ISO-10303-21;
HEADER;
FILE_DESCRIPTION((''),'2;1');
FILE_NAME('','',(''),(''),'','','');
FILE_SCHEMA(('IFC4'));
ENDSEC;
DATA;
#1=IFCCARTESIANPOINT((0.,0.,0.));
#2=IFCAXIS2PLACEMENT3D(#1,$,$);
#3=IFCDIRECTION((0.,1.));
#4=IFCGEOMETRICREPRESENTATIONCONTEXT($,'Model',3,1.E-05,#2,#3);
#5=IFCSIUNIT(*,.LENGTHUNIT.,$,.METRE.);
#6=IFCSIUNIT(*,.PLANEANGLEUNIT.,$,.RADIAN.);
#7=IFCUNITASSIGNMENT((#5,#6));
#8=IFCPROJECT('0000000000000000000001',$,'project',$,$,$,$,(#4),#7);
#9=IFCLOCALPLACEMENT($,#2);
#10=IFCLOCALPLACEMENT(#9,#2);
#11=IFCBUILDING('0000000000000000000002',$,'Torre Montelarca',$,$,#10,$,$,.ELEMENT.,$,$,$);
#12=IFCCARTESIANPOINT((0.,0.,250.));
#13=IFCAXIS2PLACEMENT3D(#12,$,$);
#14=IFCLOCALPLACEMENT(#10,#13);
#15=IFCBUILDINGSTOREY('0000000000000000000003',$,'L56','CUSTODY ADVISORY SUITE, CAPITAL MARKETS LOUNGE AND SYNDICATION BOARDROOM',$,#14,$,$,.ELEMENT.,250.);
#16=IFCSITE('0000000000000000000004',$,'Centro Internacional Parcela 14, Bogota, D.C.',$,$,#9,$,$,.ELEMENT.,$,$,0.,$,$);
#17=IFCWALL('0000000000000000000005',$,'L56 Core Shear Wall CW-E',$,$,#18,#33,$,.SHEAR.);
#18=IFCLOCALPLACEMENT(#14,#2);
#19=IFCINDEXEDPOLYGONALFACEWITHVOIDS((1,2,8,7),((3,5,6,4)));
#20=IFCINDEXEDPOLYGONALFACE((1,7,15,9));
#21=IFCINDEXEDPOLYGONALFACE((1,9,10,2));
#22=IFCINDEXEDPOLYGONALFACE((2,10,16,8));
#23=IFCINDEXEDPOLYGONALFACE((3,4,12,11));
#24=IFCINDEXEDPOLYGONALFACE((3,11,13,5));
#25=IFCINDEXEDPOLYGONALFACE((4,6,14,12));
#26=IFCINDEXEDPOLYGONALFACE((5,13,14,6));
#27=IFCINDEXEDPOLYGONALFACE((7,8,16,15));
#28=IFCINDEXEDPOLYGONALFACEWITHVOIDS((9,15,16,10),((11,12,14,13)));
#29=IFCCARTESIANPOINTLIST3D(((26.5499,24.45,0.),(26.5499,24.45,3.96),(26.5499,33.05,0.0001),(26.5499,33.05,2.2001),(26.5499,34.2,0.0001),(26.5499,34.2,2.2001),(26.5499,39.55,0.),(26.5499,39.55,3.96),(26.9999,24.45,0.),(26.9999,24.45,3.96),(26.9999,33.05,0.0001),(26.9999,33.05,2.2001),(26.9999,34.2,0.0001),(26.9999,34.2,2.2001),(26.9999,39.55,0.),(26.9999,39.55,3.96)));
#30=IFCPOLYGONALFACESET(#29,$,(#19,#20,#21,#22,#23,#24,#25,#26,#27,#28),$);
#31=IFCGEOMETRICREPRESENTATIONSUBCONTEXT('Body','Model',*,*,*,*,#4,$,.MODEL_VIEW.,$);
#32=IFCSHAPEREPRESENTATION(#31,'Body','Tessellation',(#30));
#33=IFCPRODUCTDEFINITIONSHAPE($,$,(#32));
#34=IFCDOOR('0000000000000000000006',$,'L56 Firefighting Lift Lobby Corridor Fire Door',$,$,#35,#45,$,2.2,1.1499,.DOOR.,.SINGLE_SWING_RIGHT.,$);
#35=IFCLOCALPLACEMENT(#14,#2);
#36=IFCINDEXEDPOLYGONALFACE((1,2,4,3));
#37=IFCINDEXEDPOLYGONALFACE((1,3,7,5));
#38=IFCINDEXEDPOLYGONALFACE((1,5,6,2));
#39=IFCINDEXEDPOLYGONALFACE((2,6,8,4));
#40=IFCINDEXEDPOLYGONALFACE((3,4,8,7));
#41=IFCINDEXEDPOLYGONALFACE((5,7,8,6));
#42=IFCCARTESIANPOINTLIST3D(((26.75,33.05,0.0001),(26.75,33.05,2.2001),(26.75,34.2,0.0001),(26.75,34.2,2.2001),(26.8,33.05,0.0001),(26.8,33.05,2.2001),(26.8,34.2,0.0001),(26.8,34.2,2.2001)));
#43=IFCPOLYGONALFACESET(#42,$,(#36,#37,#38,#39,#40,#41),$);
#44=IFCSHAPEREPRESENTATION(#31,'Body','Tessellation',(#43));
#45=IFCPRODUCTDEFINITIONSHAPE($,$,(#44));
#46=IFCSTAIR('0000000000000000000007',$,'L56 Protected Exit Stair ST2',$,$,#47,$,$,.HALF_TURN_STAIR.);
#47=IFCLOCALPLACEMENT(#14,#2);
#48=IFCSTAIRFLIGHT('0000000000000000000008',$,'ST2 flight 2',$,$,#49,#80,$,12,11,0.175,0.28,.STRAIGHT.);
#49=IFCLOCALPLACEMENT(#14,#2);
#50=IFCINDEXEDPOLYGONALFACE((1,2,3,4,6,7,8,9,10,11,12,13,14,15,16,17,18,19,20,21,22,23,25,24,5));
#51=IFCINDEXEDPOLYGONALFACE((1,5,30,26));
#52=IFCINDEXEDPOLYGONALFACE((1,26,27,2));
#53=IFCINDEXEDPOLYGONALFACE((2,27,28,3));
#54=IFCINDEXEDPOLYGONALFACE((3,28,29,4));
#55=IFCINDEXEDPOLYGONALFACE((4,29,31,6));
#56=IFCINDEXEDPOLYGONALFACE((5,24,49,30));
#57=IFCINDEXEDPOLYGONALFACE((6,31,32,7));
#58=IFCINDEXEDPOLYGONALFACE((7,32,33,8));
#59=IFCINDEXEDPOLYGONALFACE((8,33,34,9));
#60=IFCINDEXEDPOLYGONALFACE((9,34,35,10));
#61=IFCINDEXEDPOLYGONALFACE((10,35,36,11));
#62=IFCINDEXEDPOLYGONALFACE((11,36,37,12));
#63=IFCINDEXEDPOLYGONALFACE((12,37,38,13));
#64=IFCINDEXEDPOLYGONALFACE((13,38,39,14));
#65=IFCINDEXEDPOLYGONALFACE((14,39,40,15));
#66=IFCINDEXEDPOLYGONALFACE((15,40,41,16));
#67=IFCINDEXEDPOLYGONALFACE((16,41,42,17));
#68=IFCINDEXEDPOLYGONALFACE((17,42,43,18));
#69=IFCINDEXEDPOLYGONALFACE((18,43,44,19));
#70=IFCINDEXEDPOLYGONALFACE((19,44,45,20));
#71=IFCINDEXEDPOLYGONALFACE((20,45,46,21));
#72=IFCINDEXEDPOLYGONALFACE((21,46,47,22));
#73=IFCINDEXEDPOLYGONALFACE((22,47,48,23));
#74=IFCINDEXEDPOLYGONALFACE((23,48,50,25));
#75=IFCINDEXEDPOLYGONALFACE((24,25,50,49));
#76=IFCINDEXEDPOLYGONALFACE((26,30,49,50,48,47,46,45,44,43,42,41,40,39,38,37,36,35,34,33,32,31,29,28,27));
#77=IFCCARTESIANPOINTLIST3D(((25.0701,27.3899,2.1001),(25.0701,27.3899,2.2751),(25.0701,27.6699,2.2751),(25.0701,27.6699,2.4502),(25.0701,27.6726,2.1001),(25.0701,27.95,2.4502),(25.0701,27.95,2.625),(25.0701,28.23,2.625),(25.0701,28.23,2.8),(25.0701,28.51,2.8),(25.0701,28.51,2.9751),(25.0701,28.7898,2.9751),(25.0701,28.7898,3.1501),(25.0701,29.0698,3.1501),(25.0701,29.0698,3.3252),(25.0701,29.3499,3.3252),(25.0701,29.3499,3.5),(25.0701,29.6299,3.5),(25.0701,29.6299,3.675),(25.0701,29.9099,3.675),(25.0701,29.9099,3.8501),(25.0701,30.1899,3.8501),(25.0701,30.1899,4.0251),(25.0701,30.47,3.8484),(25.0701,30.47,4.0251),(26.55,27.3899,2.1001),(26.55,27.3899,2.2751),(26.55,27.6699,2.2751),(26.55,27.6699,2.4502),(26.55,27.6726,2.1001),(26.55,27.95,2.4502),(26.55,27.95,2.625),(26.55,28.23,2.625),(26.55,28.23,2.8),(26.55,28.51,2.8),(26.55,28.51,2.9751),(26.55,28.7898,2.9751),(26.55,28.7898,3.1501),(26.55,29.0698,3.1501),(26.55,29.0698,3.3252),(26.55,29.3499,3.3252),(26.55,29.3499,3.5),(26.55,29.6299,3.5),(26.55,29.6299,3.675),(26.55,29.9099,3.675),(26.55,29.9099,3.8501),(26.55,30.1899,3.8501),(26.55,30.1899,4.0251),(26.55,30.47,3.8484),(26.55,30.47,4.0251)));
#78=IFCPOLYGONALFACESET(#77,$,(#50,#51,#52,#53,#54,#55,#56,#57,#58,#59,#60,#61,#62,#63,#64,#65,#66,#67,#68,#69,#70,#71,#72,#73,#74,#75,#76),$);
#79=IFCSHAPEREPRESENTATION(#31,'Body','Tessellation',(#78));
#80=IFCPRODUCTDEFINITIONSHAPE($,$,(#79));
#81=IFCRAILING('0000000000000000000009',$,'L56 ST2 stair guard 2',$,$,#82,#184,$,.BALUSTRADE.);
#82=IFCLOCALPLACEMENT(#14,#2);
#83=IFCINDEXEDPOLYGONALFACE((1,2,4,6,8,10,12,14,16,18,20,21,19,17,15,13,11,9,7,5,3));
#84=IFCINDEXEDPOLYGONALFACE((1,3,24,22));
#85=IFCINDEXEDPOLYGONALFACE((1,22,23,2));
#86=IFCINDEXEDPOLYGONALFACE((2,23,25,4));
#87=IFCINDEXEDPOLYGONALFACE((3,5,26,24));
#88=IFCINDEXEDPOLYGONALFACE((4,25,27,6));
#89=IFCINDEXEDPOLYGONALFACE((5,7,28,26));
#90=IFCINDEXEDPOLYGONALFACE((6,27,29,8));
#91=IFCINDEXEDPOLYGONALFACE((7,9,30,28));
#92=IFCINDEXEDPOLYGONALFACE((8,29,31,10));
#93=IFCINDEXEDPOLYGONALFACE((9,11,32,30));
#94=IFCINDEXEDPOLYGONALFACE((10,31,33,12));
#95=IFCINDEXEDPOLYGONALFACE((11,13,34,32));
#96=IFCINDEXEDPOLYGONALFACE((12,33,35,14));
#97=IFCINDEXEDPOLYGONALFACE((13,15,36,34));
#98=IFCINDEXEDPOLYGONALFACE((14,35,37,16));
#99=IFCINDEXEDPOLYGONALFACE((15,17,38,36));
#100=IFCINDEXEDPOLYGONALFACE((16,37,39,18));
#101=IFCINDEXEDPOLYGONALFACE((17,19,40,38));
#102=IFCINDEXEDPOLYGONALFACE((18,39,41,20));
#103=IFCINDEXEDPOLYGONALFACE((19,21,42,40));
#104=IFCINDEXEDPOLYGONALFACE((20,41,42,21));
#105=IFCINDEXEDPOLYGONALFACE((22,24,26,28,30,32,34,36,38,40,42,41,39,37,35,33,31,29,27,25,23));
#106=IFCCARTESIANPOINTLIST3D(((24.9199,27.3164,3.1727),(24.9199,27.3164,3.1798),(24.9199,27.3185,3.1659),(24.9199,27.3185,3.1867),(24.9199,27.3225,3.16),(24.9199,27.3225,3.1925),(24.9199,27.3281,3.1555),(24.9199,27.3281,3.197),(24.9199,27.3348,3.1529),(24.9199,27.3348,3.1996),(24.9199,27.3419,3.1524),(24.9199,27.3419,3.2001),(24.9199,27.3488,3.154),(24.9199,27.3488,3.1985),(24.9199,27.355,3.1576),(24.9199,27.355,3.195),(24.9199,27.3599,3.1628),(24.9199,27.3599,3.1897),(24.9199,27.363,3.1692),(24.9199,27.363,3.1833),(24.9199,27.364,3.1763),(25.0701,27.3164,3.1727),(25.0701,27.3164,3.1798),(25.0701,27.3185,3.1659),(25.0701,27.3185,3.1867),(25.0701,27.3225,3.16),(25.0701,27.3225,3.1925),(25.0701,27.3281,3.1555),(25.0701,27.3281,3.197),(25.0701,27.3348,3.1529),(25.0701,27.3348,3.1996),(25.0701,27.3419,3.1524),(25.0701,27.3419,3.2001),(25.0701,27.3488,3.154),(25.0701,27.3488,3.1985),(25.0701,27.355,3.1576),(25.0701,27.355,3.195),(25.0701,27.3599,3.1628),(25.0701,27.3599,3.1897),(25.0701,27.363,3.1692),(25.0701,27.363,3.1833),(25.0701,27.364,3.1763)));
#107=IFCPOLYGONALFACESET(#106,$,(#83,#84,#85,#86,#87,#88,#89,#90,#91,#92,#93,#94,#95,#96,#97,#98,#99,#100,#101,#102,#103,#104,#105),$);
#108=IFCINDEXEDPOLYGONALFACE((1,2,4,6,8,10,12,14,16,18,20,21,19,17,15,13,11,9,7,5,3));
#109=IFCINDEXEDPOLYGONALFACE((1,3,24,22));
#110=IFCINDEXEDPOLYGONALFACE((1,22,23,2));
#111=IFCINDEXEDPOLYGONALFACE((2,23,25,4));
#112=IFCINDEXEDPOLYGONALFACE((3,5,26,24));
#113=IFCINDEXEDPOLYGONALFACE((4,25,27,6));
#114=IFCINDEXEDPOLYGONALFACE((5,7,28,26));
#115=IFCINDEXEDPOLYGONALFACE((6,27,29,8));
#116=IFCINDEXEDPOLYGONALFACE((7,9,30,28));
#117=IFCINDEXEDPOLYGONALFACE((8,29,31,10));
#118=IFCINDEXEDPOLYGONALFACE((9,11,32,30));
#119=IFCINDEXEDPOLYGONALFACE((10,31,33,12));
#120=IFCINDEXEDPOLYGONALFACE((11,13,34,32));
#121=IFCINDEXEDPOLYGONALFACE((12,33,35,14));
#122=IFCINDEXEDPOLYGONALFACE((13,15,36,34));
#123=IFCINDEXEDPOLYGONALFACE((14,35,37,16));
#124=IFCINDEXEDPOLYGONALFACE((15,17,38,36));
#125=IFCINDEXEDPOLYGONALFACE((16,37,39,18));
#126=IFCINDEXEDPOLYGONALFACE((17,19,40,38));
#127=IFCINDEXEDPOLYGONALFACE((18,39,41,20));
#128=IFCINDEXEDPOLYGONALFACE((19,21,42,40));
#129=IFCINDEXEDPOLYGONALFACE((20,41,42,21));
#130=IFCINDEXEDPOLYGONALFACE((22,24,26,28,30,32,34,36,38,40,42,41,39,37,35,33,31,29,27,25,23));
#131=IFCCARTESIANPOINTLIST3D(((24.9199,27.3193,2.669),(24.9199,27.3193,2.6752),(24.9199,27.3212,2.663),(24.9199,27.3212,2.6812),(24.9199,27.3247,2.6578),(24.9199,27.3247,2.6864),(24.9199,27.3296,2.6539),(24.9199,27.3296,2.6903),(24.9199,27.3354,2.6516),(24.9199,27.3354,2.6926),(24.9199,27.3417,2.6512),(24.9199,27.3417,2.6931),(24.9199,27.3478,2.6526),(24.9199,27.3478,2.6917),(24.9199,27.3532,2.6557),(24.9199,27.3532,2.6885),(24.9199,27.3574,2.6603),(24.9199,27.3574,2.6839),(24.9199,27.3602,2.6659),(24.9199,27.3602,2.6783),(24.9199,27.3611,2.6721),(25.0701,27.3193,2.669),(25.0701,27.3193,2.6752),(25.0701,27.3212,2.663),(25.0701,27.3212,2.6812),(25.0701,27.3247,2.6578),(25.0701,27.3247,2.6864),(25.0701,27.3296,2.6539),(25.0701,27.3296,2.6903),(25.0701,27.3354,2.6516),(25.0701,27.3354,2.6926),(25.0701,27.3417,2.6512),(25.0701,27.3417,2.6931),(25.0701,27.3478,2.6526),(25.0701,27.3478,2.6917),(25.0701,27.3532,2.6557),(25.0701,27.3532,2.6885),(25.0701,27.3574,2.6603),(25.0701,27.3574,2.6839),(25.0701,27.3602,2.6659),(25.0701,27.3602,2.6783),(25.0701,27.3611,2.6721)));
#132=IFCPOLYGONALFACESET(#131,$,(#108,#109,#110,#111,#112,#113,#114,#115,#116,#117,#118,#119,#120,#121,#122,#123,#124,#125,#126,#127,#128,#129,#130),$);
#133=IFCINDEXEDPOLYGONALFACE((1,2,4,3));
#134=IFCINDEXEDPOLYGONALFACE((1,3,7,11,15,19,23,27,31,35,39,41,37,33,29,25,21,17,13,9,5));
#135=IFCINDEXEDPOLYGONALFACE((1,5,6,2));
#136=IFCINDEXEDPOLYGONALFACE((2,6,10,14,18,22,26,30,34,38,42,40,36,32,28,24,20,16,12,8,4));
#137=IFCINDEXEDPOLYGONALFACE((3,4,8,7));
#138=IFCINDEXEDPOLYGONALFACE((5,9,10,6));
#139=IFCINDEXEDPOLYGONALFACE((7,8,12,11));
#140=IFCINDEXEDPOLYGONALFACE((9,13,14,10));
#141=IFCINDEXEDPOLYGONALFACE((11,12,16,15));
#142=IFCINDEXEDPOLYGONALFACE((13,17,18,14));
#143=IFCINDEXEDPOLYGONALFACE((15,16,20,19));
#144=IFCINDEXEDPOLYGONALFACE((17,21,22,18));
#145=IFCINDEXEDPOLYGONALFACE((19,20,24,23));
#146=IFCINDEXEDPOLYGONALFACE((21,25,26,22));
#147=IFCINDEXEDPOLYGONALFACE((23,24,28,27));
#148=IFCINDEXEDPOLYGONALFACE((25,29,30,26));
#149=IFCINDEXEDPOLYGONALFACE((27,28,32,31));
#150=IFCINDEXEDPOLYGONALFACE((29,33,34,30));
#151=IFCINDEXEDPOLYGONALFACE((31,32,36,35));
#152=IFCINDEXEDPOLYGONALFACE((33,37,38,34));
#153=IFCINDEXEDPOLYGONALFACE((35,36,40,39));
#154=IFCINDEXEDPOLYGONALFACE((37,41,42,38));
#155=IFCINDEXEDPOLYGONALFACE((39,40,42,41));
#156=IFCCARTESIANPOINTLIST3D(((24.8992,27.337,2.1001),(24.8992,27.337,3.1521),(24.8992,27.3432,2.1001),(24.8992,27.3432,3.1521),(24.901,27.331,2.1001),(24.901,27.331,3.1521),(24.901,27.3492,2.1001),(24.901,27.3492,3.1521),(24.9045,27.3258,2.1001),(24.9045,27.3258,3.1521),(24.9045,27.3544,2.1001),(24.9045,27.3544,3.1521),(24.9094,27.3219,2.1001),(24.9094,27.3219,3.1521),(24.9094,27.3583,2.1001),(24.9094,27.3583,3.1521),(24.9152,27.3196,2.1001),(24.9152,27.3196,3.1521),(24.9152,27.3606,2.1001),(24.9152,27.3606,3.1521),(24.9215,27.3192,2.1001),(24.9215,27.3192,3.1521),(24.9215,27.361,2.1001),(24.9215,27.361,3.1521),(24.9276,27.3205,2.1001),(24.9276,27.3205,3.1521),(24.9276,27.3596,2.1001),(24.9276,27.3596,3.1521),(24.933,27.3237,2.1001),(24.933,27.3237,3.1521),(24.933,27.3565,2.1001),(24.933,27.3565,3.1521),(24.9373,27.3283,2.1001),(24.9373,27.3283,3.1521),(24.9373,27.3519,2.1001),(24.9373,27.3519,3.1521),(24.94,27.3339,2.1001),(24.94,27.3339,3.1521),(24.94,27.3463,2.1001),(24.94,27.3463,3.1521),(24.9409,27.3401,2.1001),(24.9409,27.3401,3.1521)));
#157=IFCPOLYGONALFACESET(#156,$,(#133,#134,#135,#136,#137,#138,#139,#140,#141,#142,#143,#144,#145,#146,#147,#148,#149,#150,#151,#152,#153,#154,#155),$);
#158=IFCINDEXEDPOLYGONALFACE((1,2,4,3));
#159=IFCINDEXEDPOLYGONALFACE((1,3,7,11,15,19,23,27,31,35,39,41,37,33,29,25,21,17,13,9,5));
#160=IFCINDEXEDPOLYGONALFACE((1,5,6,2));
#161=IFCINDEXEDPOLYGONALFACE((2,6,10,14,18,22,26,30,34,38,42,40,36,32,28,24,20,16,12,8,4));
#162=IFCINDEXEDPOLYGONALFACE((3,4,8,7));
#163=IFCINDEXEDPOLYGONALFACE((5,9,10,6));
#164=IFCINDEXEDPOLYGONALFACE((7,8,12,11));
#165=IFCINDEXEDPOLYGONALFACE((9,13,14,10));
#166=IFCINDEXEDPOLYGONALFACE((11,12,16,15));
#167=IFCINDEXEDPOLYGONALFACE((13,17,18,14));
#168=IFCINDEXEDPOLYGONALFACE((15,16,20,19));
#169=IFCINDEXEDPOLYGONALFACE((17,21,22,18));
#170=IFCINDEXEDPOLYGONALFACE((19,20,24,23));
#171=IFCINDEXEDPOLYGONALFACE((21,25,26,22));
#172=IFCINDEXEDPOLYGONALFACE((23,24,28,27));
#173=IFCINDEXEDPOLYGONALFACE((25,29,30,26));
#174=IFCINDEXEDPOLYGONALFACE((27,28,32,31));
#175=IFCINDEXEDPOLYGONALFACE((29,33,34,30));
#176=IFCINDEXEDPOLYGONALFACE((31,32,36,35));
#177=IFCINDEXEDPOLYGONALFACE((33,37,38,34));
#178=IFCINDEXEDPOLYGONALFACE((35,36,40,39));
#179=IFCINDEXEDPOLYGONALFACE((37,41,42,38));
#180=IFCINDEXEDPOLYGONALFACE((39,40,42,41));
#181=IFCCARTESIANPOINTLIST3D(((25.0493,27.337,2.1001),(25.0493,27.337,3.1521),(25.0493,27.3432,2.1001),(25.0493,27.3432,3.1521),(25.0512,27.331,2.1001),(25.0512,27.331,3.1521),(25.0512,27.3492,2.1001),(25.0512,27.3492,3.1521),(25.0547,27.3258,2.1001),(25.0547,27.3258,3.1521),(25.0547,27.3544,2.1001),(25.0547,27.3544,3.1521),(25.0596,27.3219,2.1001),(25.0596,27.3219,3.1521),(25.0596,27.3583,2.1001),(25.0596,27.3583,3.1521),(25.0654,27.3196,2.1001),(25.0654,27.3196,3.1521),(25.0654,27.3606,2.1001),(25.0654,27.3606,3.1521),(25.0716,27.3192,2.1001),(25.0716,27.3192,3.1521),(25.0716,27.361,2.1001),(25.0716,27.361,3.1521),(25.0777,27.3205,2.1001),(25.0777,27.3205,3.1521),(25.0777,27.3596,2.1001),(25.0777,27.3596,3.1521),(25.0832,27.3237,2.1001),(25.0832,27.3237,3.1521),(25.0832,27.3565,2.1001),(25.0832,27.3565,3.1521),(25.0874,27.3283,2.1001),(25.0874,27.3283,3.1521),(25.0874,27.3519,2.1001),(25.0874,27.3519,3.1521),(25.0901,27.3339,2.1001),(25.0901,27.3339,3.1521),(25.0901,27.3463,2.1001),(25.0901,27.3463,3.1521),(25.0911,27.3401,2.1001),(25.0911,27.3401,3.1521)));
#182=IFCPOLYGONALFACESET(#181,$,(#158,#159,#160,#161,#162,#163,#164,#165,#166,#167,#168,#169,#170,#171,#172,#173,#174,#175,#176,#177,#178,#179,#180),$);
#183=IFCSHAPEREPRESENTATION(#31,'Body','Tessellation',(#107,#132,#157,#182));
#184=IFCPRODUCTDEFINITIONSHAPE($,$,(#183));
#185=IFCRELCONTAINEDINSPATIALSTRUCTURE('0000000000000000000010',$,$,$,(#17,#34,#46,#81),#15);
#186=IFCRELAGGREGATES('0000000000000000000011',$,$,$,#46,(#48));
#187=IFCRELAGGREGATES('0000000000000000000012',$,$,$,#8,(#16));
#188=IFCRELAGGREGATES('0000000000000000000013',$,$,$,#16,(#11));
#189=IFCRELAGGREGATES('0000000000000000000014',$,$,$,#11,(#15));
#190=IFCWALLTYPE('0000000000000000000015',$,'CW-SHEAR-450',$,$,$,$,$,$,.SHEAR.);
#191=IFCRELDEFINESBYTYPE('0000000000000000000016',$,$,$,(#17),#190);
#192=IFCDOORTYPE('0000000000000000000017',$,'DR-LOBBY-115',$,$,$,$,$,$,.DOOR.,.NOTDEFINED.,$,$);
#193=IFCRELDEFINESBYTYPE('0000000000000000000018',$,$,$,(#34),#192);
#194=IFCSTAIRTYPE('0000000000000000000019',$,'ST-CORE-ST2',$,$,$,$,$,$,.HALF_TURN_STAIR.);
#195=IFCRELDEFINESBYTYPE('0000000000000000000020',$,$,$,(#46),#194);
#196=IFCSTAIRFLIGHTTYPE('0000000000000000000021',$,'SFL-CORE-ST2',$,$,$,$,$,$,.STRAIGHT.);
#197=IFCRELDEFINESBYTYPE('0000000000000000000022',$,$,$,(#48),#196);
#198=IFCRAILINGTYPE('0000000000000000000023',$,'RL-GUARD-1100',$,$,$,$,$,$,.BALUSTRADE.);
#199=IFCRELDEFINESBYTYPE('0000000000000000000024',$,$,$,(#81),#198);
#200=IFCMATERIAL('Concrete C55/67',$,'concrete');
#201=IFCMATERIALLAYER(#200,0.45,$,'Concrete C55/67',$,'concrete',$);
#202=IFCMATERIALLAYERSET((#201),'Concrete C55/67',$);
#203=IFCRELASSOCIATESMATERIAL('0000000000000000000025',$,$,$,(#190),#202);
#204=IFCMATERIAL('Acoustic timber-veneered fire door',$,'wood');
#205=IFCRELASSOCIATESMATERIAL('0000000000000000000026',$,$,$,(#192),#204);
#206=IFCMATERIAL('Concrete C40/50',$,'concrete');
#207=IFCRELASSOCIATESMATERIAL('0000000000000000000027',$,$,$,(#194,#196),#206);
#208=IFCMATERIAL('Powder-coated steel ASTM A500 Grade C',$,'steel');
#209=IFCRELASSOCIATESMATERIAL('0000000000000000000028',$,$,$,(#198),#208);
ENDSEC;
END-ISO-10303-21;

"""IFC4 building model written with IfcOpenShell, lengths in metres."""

from ifc_helpers import new_model, si_unit, direction, frame, frame_2d, origin, origin_2d, place, context, subcontext, project, spatial, polyline, rectangle, circle, outline, extrude, source, transform, mapped, material, layer, layer_set, type_object, element, fill, aggregate, save


model = new_model("IFC4")

# Units and contexts
model_context = context("Model", 3, precision=1e-05, world=origin(), true_north=direction((0.0, 1.0)))
body_context = subcontext(model_context, "Body", "Model", "MODEL_VIEW")
ifc_project = project(units=[si_unit("LENGTHUNIT", "METRE"), si_unit("PLANEANGLEUNIT", "RADIAN")], contexts=[model_context])

# Site, building, storey
site_placement = place(None, origin())
site = spatial("IfcSite", under=ifc_project, at=site_placement, Name="Centro Internacional Parcela 14, Bogota, D.C.", CompositionType="ELEMENT", RefElevation=0.0)
building_placement = place(site_placement, origin())
building = spatial("IfcBuilding", under=site, at=building_placement, Name="Torre Montelarca", CompositionType="ELEMENT")
storey_placement = place(building_placement, frame((0.0, 0.0, 250.0)))
storey = spatial("IfcBuildingStorey", under=building, at=storey_placement, Name="L56", Description="CUSTODY ADVISORY SUITE, CAPITAL MARKETS LOUNGE AND SYNDICATION BOARDROOM", CompositionType="ELEMENT", Elevation=250.0)

# Shared definitions
ifc_material_1 = material(Name="Concrete C55/67", Category="concrete")

# Shared definitions
ifc_material_2 = material(Name="Concrete C40/50", Category="concrete")

# Wall, opening, door
ifc_layer_1 = layer(ifc_material_1, 0.45, Name="Concrete C55/67", Category="concrete")
ifc_layer_set_1 = layer_set([ifc_layer_1], Name="Concrete C55/67")
wall_type_1 = type_object("IfcWallType", Name="CW-SHEAR-450", PredefinedType="SHEAR", material=ifc_layer_set_1)
wall_1_placement = place(storey_placement, frame((26.7749, 24.45, 0.0), z_axis=(0.0, 0.0, 1.0), x_axis=(0.0, 1.0, 0.0)))
wall_1 = element("IfcWall", 1, at=wall_1_placement, inside=storey, type_object=wall_type_1, Name="L56 Core Shear Wall CW-E", PredefinedType="SHEAR", context=body_context, shape_type="SweptSolid", body=[
    extrude(rectangle(XDim=15.1001, YDim=0.45, at=frame_2d((7.55, 0.0))), origin(), (0.0, 0.0, 1.0), 3.96),
])
opening_placement = place(wall_1_placement, frame((8.6001, 0.0, 0.0)))
opening = element("IfcOpeningElement", 2, at=opening_placement, cuts=wall_1, PredefinedType="OPENING", context=body_context, shape_type="SweptSolid", body=[
    extrude(rectangle(XDim=1.1499, YDim=2.2, at=frame_2d((0.575, 1.1001))), frame((0.0, 0.2349, 0.0), z_axis=(0.0, -1.0, 0.0), x_axis=(1.0, 0.0, 0.0)), (0.0, 0.0, 1.0), 0.47),
])
ifc_material_3 = material(Name="Acoustic timber-veneered fire door", Category="wood")
door_type = type_object("IfcDoorType", Name="DR-LOBBY-115", OperationType="NOTDEFINED", PredefinedType="DOOR", material=ifc_material_3)
shared_shape_1 = source(origin(), body_context, "Body", "SweptSolid", [
    extrude(rectangle(XDim=1.1499, YDim=2.2, at=frame_2d((0.575, 1.1001))), frame((0.0, 0.0249, 0.0), z_axis=(0.0, -1.0, 0.0), x_axis=(1.0, 0.0, 0.0)), (0.0, 0.0, 1.0), 0.05),
])
door_placement = place(opening_placement, origin())
door = element("IfcDoor", 3, at=door_placement, inside=storey, type_object=door_type, Name="L56 Firefighting Lift Lobby Corridor Fire Door", OperationType="SINGLE_SWING_RIGHT", OverallHeight=2.2, OverallWidth=1.1499, PredefinedType="DOOR", context=body_context, shape_type="MappedRepresentation", body=[
    mapped(shared_shape_1, transform((0.0, 0.0, 0.0), scale=1.0)),
])
fill(opening, door)

# Stair, stair flight
stair_type = type_object("IfcStairType", Name="ST-CORE-ST2", PredefinedType="HALF_TURN_STAIR", material=ifc_material_2)
stair_placement = place(storey_placement, origin())
stair = element("IfcStair", 4, at=stair_placement, inside=storey, type_object=stair_type, Name="L56 Protected Exit Stair ST2", PredefinedType="HALF_TURN_STAIR")
stair_flight_type = type_object("IfcStairFlightType", Name="SFL-CORE-ST2", PredefinedType="STRAIGHT", material=ifc_material_2)
stair_flight_placement = place(storey_placement, frame((25.8101, 27.3899, 2.1001), z_axis=(0.0, 0.0, 1.0), x_axis=(0.0, 1.0, 0.0)))
stair_flight = element("IfcStairFlight", 5, at=stair_flight_placement, type_object=stair_flight_type, Name="ST2 flight 2", NumberOfRisers=12, NumberOfTreads=11, PredefinedType="STRAIGHT", RiserHeight=0.175, TreadLength=0.28, context=body_context, shape_type="SweptSolid", body=[
    extrude(outline(polyline([(0.0, 0.0), (0.0, 0.175), (0.28, 0.175), (0.28, 0.3501), (0.5601, 0.3501), (0.5601, 0.5249), (0.8401, 0.5249), (0.8401, 0.7), (1.1201, 0.7), (1.1201, 0.875), (1.3999, 0.875), (1.3999, 1.05), (1.6799, 1.05), (1.6799, 1.2251), (1.96, 1.2251), (1.96, 1.3999), (2.24, 1.3999), (2.24, 1.575), (2.52, 1.575), (2.52, 1.75), (2.8, 1.75), (2.8, 1.925), (3.0801, 1.925), (3.0801, 2.1001), (3.0801, 1.7483), (0.2827, 0.0), (0.0, 0.0)])), frame((0.0, 0.74, 0.0), z_axis=(0.0, -1.0, 0.0), x_axis=(1.0, 0.0, 0.0)), (0.0, 0.0, 1.0), 1.48),
])
aggregate(stair, [stair_flight])

# Railing
ifc_material_4 = material(Name="Powder-coated steel ASTM A500 Grade C", Category="steel")
railing_type_1 = type_object("IfcRailingType", Name="RL-GUARD-1100", PredefinedType="BALUSTRADE", material=ifc_material_4)
railing_1_placement = place(storey_placement, frame((24.9199, 27.3401, 2.1001)))
element("IfcRailing", 6, at=railing_1_placement, inside=storey, type_object=railing_type_1, Name="L56 ST2 stair guard 2", PredefinedType="BALUSTRADE", context=body_context, shape_type="SweptSolid", body=[
    extrude(circle(Radius=0.0239, at=origin_2d()), frame((0.0, 0.0, 1.0762), z_axis=(1.0, 0.0, 0.0), x_axis=(0.0, 1.0, 0.0)), (0.0, 0.0, 1.0), 0.1501),
    extrude(circle(Radius=0.021, at=origin_2d()), frame((0.0, 0.0, 0.572), z_axis=(1.0, 0.0, 0.0), x_axis=(0.0, 1.0, 0.0)), (0.0, 0.0, 1.0), 0.1501),
    extrude(circle(Radius=0.021, at=origin_2d()), origin(), (0.0, 0.0, 1.0), 1.052),
    extrude(circle(Radius=0.021, at=origin_2d()), frame((0.1501, 0.0, 0.0)), (0.0, 0.0, 1.0), 1.052),
])

save(model, "model.ifc")
